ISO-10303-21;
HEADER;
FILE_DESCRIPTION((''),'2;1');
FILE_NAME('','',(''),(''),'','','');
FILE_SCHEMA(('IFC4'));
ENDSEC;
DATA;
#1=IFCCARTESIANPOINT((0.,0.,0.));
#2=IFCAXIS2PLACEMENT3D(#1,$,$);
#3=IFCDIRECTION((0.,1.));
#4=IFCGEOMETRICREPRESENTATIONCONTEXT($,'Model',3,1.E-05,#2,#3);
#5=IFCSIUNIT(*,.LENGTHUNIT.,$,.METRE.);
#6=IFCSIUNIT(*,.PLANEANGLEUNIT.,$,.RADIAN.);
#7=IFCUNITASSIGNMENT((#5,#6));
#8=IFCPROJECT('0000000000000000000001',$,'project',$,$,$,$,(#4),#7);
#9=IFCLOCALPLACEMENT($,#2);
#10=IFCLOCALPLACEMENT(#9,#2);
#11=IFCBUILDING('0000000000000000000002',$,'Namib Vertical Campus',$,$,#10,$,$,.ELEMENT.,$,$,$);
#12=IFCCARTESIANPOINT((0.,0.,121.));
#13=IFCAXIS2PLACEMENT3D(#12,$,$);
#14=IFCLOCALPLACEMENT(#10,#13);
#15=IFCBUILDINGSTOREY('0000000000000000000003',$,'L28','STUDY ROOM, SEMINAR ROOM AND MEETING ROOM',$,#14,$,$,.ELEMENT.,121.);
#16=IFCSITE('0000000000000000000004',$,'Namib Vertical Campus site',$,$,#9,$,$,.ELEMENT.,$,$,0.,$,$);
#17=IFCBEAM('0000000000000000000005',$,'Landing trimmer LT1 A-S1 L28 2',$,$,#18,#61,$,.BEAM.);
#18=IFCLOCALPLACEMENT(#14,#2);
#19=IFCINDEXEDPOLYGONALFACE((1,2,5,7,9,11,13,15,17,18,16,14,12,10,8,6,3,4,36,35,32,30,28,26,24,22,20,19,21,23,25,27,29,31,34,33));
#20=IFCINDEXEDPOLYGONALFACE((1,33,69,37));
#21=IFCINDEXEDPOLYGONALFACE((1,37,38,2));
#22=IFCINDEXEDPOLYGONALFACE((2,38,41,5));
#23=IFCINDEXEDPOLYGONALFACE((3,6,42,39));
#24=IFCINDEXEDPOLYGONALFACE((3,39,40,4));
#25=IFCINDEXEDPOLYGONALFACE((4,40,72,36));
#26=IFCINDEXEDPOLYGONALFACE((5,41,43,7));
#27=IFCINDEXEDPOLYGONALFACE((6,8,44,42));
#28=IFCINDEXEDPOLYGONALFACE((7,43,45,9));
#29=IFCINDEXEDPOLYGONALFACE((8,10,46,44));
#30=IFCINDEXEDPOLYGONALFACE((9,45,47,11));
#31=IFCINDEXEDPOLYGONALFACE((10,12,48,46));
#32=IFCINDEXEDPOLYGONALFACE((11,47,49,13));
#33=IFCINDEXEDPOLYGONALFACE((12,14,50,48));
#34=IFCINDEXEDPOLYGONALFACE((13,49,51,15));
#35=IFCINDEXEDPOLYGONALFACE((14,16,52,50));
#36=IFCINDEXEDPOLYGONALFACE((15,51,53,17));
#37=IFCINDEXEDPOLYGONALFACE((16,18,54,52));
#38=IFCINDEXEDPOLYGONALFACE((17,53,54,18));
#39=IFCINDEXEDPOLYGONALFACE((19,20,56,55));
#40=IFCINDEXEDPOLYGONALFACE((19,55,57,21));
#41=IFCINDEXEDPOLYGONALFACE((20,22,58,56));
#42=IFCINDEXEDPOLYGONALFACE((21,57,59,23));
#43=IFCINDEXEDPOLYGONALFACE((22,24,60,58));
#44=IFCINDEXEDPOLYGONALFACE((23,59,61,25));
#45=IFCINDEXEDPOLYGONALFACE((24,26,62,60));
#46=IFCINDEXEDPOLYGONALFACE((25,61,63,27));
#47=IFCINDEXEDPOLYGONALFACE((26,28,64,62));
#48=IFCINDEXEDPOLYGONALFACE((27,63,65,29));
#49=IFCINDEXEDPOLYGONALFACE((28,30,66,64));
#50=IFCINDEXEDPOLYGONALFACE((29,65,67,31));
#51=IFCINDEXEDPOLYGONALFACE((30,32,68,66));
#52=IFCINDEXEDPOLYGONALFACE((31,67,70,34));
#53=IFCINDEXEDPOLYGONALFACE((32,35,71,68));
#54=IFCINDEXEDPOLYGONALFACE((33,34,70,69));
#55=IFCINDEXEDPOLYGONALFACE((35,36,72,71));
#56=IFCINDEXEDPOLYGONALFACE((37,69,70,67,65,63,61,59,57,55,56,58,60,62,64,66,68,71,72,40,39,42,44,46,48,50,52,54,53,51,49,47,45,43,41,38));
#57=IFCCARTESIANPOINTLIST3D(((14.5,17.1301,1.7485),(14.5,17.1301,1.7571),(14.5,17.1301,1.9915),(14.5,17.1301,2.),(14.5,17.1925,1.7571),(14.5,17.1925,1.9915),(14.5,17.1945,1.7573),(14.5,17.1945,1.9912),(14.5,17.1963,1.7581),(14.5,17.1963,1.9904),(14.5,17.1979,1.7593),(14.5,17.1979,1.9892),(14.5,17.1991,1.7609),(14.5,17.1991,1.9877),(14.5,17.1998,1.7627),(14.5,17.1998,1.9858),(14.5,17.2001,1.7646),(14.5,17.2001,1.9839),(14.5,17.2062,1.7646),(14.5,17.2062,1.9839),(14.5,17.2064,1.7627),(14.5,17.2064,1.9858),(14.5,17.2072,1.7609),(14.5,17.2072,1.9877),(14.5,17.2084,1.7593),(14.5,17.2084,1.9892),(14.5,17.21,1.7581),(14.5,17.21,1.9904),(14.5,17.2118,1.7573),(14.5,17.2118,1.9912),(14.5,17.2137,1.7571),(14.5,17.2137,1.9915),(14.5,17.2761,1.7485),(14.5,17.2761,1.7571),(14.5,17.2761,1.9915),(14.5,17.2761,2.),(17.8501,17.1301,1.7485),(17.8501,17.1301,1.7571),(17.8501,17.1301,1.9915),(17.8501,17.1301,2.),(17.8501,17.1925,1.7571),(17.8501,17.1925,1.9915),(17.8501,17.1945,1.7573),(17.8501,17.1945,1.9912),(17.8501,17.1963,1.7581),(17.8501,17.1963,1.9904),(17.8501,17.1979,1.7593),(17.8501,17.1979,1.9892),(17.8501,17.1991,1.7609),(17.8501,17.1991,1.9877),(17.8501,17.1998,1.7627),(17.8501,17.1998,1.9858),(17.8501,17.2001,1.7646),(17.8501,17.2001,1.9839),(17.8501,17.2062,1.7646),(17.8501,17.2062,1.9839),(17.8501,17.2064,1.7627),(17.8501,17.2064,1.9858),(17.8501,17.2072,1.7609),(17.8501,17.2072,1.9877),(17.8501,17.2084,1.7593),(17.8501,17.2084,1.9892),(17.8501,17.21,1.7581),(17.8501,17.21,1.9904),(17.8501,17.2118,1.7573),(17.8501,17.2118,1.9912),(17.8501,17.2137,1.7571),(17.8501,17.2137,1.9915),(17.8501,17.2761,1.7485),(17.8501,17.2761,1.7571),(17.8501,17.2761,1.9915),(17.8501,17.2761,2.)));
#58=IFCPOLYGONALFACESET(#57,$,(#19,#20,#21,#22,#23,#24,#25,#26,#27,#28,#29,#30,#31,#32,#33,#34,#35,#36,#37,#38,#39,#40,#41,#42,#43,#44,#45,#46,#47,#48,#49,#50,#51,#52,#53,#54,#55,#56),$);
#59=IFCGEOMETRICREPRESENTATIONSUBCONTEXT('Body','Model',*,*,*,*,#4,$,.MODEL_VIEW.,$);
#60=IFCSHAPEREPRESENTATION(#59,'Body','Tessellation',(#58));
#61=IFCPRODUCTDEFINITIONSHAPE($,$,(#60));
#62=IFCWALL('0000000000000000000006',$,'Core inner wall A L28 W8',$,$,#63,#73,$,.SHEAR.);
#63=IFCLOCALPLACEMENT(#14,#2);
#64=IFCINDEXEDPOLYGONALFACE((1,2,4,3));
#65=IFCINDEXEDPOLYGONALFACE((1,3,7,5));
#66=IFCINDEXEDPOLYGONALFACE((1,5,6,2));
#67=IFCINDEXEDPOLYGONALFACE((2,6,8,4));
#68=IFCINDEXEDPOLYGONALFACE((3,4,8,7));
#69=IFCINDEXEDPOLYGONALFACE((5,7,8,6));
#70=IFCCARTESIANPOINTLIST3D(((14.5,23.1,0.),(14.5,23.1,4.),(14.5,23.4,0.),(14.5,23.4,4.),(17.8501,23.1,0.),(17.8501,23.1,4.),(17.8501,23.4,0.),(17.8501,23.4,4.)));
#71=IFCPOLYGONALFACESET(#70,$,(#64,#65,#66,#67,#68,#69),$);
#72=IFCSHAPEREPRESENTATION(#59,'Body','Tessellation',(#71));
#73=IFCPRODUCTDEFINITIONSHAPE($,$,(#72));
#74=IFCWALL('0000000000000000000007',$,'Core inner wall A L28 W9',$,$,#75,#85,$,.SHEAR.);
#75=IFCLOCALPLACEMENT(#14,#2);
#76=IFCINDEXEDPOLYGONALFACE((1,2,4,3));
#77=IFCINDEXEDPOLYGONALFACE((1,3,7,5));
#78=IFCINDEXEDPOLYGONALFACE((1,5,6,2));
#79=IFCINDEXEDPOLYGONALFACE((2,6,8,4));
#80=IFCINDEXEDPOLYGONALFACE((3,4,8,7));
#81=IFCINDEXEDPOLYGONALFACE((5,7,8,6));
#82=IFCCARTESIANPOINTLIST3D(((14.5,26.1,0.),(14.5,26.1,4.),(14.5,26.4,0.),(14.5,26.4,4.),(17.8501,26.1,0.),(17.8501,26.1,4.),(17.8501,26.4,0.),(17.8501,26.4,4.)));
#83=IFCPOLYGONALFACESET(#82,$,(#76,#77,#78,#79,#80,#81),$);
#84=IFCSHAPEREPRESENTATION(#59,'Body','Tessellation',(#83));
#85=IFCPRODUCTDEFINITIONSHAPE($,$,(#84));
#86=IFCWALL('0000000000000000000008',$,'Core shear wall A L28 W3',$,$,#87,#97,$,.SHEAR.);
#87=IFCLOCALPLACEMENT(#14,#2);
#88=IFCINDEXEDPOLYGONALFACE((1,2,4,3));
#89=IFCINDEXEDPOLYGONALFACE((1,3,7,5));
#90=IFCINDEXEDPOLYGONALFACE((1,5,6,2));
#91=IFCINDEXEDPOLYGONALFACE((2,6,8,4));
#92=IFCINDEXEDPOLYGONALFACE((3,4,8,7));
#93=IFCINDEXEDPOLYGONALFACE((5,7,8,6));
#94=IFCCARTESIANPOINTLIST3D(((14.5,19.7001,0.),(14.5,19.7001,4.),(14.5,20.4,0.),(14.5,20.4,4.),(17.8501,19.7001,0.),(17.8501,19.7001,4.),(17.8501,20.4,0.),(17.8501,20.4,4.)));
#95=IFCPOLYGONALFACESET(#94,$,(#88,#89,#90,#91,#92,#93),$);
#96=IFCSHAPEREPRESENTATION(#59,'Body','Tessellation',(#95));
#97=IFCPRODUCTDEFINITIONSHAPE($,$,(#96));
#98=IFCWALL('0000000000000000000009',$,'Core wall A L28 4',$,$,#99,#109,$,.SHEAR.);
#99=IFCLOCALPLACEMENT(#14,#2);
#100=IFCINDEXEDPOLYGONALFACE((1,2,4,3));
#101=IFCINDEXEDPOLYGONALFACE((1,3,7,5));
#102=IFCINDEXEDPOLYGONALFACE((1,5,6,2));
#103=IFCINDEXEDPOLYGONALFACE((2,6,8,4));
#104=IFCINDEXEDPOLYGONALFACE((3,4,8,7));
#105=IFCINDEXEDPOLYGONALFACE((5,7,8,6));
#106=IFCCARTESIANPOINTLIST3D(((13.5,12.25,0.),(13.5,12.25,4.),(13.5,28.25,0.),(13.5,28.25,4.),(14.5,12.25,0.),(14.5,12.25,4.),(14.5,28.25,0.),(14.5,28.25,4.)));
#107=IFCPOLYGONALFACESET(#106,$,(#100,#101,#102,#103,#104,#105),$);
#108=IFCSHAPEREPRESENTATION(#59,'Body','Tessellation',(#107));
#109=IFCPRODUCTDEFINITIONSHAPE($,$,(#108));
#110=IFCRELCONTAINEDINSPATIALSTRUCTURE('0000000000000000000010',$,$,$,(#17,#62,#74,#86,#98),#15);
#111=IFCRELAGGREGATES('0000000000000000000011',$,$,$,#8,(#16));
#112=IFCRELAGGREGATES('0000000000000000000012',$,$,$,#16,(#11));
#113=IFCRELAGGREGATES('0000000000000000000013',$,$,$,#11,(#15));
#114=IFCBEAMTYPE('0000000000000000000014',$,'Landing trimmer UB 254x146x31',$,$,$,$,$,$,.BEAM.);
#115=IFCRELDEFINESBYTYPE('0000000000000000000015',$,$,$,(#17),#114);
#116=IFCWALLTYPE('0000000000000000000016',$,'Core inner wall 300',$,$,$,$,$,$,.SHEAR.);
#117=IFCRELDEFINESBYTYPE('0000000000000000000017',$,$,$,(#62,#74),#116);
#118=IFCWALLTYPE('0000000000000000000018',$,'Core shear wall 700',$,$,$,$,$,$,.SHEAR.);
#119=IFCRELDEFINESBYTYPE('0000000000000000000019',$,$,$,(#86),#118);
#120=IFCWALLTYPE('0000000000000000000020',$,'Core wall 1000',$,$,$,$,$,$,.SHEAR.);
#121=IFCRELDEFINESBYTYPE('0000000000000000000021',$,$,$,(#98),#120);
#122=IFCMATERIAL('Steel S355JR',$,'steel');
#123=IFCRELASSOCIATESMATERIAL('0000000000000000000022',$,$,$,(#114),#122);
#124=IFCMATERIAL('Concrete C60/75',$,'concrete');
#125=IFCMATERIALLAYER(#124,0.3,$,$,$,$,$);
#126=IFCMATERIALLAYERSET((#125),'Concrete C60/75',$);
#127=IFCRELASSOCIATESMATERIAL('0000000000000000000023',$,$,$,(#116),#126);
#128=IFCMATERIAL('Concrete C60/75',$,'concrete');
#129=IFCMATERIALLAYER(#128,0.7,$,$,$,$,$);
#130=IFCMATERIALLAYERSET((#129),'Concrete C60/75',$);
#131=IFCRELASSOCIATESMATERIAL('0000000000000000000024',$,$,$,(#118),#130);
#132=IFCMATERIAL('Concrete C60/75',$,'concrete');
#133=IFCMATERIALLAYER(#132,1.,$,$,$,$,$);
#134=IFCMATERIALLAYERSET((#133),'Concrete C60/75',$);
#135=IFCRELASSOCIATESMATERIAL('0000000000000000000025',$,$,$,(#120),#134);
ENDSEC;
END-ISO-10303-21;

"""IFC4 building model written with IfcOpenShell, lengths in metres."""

from ifc_helpers import new_model, si_unit, direction, frame, frame_2d, origin, origin_2d, place, context, subcontext, project, spatial, rectangle, i_section, extrude, material, layer, layer_set, material_profile, profile_set, type_object, element, save


model = new_model("IFC4")

# Units and contexts
model_context = context("Model", 3, precision=1e-05, world=origin(), true_north=direction((0.0, 1.0)))
body_context = subcontext(model_context, "Body", "Model", "MODEL_VIEW")
ifc_project = project(units=[si_unit("LENGTHUNIT", "METRE"), si_unit("PLANEANGLEUNIT", "RADIAN")], contexts=[model_context])

# Site, building, storey
site_placement = place(None, origin())
site = spatial("IfcSite", under=ifc_project, at=site_placement, Name="Namib Vertical Campus site", CompositionType="ELEMENT", RefElevation=0.0)
building_placement = place(site_placement, origin())
building = spatial("IfcBuilding", under=site, at=building_placement, Name="Namib Vertical Campus", CompositionType="ELEMENT")
storey_placement = place(building_placement, frame((0.0, 0.0, 121.0)))
storey = spatial("IfcBuildingStorey", under=building, at=storey_placement, Name="L28", Description="STUDY ROOM, SEMINAR ROOM AND MEETING ROOM", CompositionType="ELEMENT", Elevation=121.0)

# Beam
ifc_material_1 = material(Name="Steel S355JR", Category="steel")
ifc_material_profile = material_profile(ifc_material_1, i_section(OverallWidth=0.146, OverallDepth=0.2515, WebThickness=0.0061, FlangeThickness=0.0085, FilletRadius=0.0076, at=origin_2d()))
ifc_profile_set = profile_set([ifc_material_profile], Name="Steel S355JR")
beam_type = type_object("IfcBeamType", Name="Landing trimmer UB 254x146x31", PredefinedType="BEAM", material=ifc_profile_set)
beam_placement = place(storey_placement, frame((14.5, 17.2031, 1.8743), z_axis=(1.0, 0.0, 0.0), x_axis=(0.0, 1.0, 0.0)))
element("IfcBeam", 1, at=beam_placement, inside=storey, type_object=beam_type, Name="Landing trimmer LT1 A-S1 L28 2", PredefinedType="BEAM", context=body_context, shape_type="SweptSolid", body=[
    extrude(i_section(OverallWidth=0.146, OverallDepth=0.2515, WebThickness=0.0061, FlangeThickness=0.0085, FilletRadius=0.0076, at=origin_2d()), origin(), (0.0, 0.0, 1.0), 3.3501),
])

# Walls
ifc_material_2 = material(Name="Concrete C60/75", Category="concrete")
ifc_layer_1 = layer(ifc_material_2, 0.3)
ifc_layer_set_1 = layer_set([ifc_layer_1], Name="Concrete C60/75")
wall_type_1 = type_object("IfcWallType", Name="Core inner wall 300", PredefinedType="SHEAR", material=ifc_layer_set_1)
for number, where, z_axis, x_axis, name in (
    (2, (14.5, 23.25, 0.0), (0.0, 0.0, 1.0), (1.0, 0.0, 0.0), "Core inner wall A L28 W8"),
    (3, (14.5, 26.25, 0.0), (0.0, 0.0, 1.0), (1.0, 0.0, 0.0), "Core inner wall A L28 W9"),
):
    element("IfcWall", number, at=place(storey_placement, frame(where, z_axis=z_axis, x_axis=x_axis)), inside=storey, type_object=wall_type_1, Name=name, PredefinedType="SHEAR", context=body_context, shape_type="SweptSolid", body=[
        extrude(rectangle(XDim=3.3501, YDim=0.3, at=frame_2d((1.675, 0.0))), origin(), (0.0, 0.0, 1.0), 4.0),
    ])
ifc_material_3 = material(Name="Concrete C60/75", Category="concrete")
ifc_layer_2 = layer(ifc_material_3, 0.7)
ifc_layer_set_2 = layer_set([ifc_layer_2], Name="Concrete C60/75")
wall_type_2 = type_object("IfcWallType", Name="Core shear wall 700", PredefinedType="SHEAR", material=ifc_layer_set_2)
wall_1_placement = place(storey_placement, frame((14.5, 20.05, 0.0), z_axis=(0.0, 0.0, 1.0), x_axis=(1.0, 0.0, 0.0)))
element("IfcWall", 4, at=wall_1_placement, inside=storey, type_object=wall_type_2, Name="Core shear wall A L28 W3", PredefinedType="SHEAR", context=body_context, shape_type="SweptSolid", body=[
    extrude(rectangle(XDim=3.3501, YDim=0.7, at=frame_2d((1.675, 0.0))), origin(), (0.0, 0.0, 1.0), 4.0),
])
ifc_material_4 = material(Name="Concrete C60/75", Category="concrete")
ifc_layer_3 = layer(ifc_material_4, 1.0)
ifc_layer_set_3 = layer_set([ifc_layer_3], Name="Concrete C60/75")
wall_type_3 = type_object("IfcWallType", Name="Core wall 1000", PredefinedType="SHEAR", material=ifc_layer_set_3)
wall_2_placement = place(storey_placement, frame((14.0, 28.25, 0.0), z_axis=(0.0, 0.0, 1.0), x_axis=(0.0, -1.0, 0.0)))
element("IfcWall", 5, at=wall_2_placement, inside=storey, type_object=wall_type_3, Name="Core wall A L28 4", PredefinedType="SHEAR", context=body_context, shape_type="SweptSolid", body=[
    extrude(rectangle(XDim=16.0, YDim=1.0, at=frame_2d((8.0, 0.0))), origin(), (0.0, 0.0, 1.0), 4.0),
])

save(model, "model.ifc")
